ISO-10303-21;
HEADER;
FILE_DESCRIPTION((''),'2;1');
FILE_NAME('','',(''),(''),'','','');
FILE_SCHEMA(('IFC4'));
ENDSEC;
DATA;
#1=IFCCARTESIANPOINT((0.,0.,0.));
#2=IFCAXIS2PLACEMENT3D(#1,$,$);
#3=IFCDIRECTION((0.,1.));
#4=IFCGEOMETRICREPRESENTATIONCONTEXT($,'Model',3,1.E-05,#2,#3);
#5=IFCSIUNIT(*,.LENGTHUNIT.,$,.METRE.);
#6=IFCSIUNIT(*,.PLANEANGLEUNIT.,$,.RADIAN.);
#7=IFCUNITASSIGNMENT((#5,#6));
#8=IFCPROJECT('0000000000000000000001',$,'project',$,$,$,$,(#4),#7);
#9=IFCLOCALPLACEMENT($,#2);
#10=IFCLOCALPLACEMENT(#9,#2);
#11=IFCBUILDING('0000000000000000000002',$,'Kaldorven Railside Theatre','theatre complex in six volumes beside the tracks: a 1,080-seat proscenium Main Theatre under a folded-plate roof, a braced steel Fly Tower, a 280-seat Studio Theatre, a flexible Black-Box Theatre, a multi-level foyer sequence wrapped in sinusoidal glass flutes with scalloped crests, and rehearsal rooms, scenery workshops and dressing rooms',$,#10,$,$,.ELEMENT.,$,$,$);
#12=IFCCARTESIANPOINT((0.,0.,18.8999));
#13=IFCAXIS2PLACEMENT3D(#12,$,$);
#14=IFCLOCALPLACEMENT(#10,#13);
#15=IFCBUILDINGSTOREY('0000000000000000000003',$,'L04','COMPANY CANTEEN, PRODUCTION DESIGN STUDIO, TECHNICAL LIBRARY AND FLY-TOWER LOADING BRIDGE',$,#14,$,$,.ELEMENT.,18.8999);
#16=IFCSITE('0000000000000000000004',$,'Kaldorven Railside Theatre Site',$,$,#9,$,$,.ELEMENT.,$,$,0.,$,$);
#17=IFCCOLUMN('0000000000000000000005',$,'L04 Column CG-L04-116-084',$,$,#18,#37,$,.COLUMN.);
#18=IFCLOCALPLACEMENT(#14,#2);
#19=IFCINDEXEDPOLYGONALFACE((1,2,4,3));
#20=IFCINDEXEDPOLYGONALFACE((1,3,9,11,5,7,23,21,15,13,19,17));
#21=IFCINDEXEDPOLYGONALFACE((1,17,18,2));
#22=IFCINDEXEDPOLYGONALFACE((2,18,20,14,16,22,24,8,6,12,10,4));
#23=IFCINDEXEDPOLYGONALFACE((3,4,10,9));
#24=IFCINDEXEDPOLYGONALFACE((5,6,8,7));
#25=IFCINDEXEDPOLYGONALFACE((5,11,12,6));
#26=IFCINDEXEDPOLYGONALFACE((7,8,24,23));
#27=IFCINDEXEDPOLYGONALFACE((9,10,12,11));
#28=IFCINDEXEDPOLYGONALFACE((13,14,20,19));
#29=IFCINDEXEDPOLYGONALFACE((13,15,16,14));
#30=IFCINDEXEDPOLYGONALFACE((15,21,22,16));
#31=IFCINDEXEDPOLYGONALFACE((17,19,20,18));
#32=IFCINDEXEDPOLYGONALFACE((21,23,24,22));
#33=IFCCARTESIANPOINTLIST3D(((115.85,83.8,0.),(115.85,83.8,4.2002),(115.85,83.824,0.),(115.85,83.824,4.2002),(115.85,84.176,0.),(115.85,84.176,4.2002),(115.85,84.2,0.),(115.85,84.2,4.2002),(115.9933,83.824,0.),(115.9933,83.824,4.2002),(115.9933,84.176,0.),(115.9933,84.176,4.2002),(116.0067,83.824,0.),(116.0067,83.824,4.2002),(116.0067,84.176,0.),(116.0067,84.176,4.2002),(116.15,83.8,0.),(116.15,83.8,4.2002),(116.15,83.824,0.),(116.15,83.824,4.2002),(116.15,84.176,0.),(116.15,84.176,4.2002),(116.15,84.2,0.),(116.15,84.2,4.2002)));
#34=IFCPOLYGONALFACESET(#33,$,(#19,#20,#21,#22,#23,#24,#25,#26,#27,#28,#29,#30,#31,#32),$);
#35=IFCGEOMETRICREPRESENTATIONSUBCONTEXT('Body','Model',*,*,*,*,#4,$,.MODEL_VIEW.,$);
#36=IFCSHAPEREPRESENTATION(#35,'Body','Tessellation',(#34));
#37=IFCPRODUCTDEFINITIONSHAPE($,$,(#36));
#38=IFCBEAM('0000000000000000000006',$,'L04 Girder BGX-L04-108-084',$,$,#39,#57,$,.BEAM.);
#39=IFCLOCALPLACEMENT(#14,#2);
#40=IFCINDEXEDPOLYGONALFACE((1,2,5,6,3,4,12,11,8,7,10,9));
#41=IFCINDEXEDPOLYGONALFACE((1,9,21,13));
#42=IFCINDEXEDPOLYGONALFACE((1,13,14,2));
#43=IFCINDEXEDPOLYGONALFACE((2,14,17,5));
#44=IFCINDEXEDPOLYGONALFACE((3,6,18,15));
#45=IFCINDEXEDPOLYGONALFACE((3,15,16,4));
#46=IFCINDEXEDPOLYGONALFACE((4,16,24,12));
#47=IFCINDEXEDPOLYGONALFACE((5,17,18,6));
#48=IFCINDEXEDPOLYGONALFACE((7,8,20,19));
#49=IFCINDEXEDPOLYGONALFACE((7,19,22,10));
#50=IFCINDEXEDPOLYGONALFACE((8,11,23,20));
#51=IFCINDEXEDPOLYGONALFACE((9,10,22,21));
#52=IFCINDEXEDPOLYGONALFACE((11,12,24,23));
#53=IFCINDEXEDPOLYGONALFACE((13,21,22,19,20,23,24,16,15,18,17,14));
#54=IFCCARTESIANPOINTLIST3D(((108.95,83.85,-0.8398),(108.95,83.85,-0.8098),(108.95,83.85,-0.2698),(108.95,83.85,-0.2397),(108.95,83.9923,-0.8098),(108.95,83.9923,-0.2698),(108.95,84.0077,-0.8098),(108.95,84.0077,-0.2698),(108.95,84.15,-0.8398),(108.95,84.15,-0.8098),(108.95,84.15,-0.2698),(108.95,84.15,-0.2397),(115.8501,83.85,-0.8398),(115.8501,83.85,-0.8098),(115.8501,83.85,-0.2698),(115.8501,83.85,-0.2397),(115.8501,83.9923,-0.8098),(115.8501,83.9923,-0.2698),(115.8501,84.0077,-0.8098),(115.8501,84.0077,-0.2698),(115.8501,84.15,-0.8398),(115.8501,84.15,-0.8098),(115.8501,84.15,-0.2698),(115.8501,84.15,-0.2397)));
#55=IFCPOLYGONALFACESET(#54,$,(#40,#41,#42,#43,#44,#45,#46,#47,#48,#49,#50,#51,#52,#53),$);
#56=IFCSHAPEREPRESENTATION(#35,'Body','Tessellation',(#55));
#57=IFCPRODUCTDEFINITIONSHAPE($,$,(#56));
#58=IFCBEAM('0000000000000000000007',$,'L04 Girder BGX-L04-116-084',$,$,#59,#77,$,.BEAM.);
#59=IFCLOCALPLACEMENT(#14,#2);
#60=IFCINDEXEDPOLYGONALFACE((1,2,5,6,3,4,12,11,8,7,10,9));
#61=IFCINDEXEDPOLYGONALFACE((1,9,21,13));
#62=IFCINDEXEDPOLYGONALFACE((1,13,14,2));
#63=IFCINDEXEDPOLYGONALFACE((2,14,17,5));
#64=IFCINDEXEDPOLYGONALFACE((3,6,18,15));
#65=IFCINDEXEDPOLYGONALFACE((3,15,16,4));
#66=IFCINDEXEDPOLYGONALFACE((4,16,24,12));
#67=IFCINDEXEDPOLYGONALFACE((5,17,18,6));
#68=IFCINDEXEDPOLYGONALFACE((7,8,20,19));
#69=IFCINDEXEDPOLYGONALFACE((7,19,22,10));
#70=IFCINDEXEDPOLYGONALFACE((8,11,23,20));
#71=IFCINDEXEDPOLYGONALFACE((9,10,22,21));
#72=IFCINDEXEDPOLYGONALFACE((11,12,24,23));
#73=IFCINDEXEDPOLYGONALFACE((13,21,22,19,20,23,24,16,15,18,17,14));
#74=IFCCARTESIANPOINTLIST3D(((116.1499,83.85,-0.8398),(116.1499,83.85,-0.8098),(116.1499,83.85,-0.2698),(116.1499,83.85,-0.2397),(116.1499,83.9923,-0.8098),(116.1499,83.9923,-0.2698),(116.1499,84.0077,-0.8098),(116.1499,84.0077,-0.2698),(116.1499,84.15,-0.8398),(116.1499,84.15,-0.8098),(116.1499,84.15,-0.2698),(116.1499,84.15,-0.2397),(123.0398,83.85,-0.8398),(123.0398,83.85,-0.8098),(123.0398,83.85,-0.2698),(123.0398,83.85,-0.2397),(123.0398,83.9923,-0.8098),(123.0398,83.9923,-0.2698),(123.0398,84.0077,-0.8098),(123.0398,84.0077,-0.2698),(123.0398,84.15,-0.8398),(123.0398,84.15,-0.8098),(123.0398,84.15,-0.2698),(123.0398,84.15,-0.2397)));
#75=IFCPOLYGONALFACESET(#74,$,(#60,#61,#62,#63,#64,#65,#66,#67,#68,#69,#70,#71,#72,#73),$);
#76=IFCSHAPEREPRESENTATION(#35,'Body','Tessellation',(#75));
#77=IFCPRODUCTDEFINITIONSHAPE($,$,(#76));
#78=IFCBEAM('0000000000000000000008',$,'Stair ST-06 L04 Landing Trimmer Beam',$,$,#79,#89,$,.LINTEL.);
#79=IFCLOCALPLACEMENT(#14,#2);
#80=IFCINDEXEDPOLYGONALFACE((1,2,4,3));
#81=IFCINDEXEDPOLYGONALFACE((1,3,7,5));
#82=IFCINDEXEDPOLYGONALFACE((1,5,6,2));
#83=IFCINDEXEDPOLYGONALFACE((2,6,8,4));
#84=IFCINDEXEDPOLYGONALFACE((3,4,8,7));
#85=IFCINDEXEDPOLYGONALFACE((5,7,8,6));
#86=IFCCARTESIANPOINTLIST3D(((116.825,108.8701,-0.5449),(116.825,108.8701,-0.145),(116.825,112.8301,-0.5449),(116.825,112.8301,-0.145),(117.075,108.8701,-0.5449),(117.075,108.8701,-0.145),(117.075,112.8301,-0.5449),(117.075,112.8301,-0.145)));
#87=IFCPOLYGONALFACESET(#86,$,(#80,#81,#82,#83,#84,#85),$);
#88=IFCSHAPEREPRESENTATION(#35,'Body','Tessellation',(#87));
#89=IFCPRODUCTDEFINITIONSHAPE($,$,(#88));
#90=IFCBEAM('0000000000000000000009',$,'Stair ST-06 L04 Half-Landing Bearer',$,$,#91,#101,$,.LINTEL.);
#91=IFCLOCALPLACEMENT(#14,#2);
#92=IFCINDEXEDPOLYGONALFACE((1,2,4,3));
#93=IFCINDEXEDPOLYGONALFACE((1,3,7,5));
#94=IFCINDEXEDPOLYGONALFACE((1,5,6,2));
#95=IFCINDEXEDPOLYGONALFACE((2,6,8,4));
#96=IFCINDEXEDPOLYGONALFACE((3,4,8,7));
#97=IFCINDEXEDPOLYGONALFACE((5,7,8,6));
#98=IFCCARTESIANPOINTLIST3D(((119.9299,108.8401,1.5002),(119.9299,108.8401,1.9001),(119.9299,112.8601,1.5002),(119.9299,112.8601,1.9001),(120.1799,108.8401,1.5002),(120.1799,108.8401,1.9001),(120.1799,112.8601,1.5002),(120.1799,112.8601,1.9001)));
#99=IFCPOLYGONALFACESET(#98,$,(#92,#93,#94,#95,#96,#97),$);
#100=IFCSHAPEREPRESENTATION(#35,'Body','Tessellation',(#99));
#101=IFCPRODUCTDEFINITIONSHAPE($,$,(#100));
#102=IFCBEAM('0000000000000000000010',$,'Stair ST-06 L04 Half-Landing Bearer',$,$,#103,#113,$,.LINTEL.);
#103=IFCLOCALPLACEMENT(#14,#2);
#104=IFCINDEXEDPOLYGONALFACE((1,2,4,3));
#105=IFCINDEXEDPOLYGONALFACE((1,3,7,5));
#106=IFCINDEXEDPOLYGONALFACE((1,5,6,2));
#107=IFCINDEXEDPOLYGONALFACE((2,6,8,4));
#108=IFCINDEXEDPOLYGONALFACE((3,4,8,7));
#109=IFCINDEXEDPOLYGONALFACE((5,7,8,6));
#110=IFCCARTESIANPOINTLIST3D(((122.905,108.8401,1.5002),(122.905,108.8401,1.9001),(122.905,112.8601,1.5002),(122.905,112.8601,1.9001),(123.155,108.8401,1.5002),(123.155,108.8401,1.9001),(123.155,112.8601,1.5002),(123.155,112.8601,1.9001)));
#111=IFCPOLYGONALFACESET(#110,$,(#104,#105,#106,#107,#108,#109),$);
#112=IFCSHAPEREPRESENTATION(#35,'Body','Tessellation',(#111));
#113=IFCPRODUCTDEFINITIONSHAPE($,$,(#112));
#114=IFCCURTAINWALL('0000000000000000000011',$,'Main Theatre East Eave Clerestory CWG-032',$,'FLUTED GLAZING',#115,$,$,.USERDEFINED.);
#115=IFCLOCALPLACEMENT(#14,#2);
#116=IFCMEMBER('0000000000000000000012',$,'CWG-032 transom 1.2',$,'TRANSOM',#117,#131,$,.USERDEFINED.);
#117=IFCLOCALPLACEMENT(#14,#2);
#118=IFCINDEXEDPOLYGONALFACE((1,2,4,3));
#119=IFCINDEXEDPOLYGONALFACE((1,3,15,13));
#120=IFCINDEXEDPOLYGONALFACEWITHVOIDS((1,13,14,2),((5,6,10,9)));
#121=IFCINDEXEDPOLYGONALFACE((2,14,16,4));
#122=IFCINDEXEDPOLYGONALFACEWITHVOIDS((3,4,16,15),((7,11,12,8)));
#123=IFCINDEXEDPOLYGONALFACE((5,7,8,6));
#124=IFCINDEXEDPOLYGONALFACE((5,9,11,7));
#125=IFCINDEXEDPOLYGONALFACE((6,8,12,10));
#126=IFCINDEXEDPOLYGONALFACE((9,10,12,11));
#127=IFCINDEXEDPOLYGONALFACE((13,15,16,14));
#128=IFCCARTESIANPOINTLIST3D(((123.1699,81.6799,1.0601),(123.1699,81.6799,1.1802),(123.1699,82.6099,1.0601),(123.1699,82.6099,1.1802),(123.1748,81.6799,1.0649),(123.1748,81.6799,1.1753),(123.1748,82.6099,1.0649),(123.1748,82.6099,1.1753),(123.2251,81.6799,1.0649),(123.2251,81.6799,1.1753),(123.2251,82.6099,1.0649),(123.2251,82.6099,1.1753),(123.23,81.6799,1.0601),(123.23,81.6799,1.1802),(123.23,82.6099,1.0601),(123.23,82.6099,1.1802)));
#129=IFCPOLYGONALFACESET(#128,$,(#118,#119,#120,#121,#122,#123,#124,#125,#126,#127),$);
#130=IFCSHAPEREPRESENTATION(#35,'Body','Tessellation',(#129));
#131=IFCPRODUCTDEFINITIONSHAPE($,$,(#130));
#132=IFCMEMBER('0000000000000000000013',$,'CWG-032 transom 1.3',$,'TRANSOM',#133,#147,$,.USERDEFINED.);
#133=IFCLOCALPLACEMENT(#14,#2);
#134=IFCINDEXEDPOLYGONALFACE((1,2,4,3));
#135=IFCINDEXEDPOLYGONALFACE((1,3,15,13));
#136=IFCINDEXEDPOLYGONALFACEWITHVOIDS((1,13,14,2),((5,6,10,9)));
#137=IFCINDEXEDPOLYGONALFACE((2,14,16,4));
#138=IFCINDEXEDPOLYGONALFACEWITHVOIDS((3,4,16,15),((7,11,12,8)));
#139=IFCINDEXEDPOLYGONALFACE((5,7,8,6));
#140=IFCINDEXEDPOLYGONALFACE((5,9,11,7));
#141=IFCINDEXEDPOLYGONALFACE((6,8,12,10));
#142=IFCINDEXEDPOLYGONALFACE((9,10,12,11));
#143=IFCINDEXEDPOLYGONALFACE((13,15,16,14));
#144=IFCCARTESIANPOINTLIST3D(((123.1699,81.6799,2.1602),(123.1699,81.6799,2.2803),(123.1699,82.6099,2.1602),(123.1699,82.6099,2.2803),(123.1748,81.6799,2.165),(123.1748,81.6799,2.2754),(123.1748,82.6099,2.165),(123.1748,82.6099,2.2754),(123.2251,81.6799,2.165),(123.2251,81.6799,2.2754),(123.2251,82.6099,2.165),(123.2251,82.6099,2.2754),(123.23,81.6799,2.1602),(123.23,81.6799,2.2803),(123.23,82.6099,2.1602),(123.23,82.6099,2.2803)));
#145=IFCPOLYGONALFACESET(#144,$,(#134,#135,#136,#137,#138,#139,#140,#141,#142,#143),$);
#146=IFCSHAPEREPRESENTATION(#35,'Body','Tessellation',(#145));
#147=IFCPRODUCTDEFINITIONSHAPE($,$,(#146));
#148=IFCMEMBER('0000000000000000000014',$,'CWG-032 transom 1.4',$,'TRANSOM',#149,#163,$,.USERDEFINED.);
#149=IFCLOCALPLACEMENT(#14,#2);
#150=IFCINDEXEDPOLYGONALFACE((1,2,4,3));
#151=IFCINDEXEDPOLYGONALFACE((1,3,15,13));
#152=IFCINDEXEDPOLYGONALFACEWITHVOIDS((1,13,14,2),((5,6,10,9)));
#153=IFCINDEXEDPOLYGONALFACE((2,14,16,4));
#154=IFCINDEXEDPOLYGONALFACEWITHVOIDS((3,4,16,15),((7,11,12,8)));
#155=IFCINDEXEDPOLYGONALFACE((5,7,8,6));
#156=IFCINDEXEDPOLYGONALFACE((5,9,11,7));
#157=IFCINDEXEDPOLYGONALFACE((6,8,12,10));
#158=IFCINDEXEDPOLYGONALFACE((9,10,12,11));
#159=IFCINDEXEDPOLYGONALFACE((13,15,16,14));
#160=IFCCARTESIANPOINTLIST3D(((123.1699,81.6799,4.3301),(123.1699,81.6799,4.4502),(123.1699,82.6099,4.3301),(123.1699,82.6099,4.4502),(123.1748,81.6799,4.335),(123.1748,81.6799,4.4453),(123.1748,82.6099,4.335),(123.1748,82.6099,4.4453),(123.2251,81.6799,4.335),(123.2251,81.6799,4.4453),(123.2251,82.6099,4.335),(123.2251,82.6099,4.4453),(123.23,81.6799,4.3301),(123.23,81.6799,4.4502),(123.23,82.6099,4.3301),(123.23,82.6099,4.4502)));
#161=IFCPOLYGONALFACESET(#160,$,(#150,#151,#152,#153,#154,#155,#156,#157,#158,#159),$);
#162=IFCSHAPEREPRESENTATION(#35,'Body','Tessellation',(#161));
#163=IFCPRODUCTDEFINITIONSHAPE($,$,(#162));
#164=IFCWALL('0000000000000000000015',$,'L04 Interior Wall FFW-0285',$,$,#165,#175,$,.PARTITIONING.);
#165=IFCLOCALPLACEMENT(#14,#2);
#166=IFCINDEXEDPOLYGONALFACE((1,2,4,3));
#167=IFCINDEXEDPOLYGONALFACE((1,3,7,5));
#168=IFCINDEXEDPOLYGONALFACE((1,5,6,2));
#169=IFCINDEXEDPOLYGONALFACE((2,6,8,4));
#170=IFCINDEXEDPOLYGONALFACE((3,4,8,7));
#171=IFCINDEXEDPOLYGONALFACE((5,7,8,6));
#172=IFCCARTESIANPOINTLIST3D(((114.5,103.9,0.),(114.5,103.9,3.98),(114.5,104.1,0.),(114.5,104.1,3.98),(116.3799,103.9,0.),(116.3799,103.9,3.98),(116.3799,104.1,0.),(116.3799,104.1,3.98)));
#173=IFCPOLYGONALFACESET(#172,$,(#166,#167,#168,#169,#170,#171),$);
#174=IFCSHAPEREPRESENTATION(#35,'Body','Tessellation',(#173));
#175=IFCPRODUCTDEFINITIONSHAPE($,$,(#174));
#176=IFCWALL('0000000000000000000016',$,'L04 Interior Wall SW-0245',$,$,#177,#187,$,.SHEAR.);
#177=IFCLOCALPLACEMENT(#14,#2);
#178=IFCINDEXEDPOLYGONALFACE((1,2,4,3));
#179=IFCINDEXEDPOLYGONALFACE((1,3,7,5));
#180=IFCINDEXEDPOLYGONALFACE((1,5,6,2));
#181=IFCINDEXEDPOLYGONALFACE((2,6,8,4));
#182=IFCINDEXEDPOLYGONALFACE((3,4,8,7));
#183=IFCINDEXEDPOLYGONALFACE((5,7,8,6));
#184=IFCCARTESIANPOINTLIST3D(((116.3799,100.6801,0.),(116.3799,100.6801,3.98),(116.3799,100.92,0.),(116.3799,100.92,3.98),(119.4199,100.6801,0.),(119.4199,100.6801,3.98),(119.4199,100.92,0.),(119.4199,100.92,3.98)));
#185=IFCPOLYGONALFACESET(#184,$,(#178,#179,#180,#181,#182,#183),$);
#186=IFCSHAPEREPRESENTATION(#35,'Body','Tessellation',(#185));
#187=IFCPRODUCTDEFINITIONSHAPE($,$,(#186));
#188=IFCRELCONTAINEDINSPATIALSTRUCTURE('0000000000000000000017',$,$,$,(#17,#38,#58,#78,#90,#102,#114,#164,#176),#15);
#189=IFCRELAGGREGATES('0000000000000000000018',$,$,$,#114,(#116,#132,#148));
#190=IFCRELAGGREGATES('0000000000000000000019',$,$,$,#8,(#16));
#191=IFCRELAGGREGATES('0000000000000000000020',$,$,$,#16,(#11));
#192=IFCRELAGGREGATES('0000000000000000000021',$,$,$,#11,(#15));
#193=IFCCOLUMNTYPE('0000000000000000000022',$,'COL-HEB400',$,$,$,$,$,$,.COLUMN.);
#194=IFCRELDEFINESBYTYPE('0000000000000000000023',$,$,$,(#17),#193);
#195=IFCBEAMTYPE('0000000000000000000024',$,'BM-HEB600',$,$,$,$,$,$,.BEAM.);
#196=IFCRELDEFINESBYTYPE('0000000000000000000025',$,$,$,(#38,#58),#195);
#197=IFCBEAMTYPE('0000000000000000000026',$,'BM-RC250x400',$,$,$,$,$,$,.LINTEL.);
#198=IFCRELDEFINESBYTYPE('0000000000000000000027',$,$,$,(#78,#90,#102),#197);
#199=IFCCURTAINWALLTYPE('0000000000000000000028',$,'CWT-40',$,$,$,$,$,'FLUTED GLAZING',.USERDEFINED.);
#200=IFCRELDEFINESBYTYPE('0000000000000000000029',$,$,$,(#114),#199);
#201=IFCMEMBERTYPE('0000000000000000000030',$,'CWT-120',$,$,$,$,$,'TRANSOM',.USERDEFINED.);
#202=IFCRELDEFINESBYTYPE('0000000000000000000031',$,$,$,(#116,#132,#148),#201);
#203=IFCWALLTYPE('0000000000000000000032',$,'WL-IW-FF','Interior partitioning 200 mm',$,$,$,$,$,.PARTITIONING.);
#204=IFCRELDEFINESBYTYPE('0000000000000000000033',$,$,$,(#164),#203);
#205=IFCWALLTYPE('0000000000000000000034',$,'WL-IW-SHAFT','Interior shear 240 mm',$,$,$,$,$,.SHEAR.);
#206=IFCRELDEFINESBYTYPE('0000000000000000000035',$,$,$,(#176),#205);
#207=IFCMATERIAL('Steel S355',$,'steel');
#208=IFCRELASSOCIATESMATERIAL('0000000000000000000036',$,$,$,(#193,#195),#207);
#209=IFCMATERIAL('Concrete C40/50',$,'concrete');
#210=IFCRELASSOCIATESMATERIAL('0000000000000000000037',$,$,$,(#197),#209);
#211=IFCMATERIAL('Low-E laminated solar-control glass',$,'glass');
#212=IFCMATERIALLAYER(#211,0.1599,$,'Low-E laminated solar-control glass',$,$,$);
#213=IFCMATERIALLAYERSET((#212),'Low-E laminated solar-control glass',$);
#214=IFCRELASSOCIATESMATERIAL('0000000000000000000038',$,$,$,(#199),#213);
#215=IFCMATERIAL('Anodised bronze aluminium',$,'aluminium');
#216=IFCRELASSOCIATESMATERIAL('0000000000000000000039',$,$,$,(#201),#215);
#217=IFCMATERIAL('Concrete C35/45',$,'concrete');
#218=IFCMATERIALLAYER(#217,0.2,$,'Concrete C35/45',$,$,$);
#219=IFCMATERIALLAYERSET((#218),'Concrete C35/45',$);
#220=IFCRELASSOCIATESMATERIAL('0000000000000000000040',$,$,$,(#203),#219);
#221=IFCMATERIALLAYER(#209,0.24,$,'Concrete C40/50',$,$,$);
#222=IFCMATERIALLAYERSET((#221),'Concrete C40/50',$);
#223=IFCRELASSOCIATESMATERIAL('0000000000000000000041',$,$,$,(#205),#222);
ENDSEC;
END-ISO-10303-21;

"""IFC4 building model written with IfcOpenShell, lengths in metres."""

from ifc_helpers import new_model, si_unit, direction, frame, frame_2d, origin, origin_2d, place, context, subcontext, project, spatial, rectangle, hollow_rectangle, i_section, extrude, material, layer, layer_set, material_profile, profile_set, type_object, element, aggregate, save


model = new_model("IFC4")

# Units and contexts
model_context = context("Model", 3, precision=1e-05, world=origin(), true_north=direction((0.0, 1.0)))
body_context = subcontext(model_context, "Body", "Model", "MODEL_VIEW")
ifc_project = project(units=[si_unit("LENGTHUNIT", "METRE"), si_unit("PLANEANGLEUNIT", "RADIAN")], contexts=[model_context])

# Site, building, storey
site_placement = place(None, origin())
site = spatial("IfcSite", under=ifc_project, at=site_placement, Name="Kaldorven Railside Theatre Site", CompositionType="ELEMENT", RefElevation=0.0)
building_placement = place(site_placement, origin())
building = spatial("IfcBuilding", under=site, at=building_placement, Name="Kaldorven Railside Theatre", Description="theatre complex in six volumes beside the tracks: a 1,080-seat proscenium Main Theatre under a folded-plate roof, a braced steel Fly Tower, a 280-seat Studio Theatre, a flexible Black-Box Theatre, a multi-level foyer sequence wrapped in sinusoidal glass flutes with scalloped crests, and rehearsal rooms, scenery workshops and dressing rooms", CompositionType="ELEMENT")
storey_placement = place(building_placement, frame((0.0, 0.0, 18.8999)))
storey = spatial("IfcBuildingStorey", under=building, at=storey_placement, Name="L04", Description="COMPANY CANTEEN, PRODUCTION DESIGN STUDIO, TECHNICAL LIBRARY AND FLY-TOWER LOADING BRIDGE", CompositionType="ELEMENT", Elevation=18.8999)

# Column
ifc_material_1 = material(Name="Steel S355", Category="steel")
ifc_material_profile_1 = material_profile(ifc_material_1, i_section(OverallWidth=0.3, OverallDepth=0.3999, WebThickness=0.0134, FlangeThickness=0.0239, at=origin_2d()), Name="HEB 400")
ifc_profile_set_1 = profile_set([ifc_material_profile_1], Name="Steel S355")
column_type = type_object("IfcColumnType", Name="COL-HEB400", PredefinedType="COLUMN", material=ifc_profile_set_1)
column_placement = place(storey_placement, frame((116.0, 84.0, 0.0), z_axis=(0.0, 0.0, 1.0), x_axis=(1.0, 0.0, 0.0)))
element("IfcColumn", 1, at=column_placement, inside=storey, type_object=column_type, Name="L04 Column CG-L04-116-084", PredefinedType="COLUMN", context=body_context, shape_type="SweptSolid", body=[
    extrude(i_section(OverallWidth=0.3, OverallDepth=0.3999, WebThickness=0.0134, FlangeThickness=0.0239, at=origin_2d()), origin(), (0.0, 0.0, 1.0), 4.2002),
])

# Beams
ifc_material_profile_2 = material_profile(ifc_material_1, i_section(OverallWidth=0.3, OverallDepth=0.6001, WebThickness=0.0154, FlangeThickness=0.03, at=origin_2d()), Name="HEB 600")
ifc_profile_set_2 = profile_set([ifc_material_profile_2], Name="Steel S355")
beam_type_1 = type_object("IfcBeamType", Name="BM-HEB600", PredefinedType="BEAM", material=ifc_profile_set_2)
beam_1_placement = place(storey_placement, frame((108.95, 84.0, -0.5398), z_axis=(1.0, 0.0, 0.0), x_axis=(0.0, 1.0, 0.0)))
element("IfcBeam", 2, at=beam_1_placement, inside=storey, type_object=beam_type_1, Name="L04 Girder BGX-L04-108-084", PredefinedType="BEAM", context=body_context, shape_type="SweptSolid", body=[
    extrude(i_section(OverallWidth=0.3, OverallDepth=0.6001, WebThickness=0.0154, FlangeThickness=0.03, at=origin_2d()), origin(), (0.0, 0.0, 1.0), 6.9001),
])
beam_2_placement = place(storey_placement, frame((116.1499, 84.0, -0.5398), z_axis=(1.0, 0.0, 0.0), x_axis=(0.0, 1.0, 0.0)))
element("IfcBeam", 3, at=beam_2_placement, inside=storey, type_object=beam_type_1, Name="L04 Girder BGX-L04-116-084", PredefinedType="BEAM", context=body_context, shape_type="SweptSolid", body=[
    extrude(i_section(OverallWidth=0.3, OverallDepth=0.6001, WebThickness=0.0154, FlangeThickness=0.03, at=origin_2d()), origin(), (0.0, 0.0, 1.0), 6.8899),
])
ifc_material_2 = material(Name="Concrete C40/50", Category="concrete")
ifc_material_profile_3 = material_profile(ifc_material_2, rectangle(XDim=0.25, YDim=0.3999, at=origin_2d()), Name="RC 250x400")
ifc_profile_set_3 = profile_set([ifc_material_profile_3], Name="Concrete C40/50")
beam_type_2 = type_object("IfcBeamType", Name="BM-RC250x400", PredefinedType="LINTEL", material=ifc_profile_set_3)
beam_3_placement = place(storey_placement, frame((116.95, 108.8701, -0.345), z_axis=(0.0, 1.0, 0.0), x_axis=(-1.0, 0.0, 0.0)))
element("IfcBeam", 4, at=beam_3_placement, inside=storey, type_object=beam_type_2, Name="Stair ST-06 L04 Landing Trimmer Beam", PredefinedType="LINTEL", context=body_context, shape_type="SweptSolid", body=[
    extrude(rectangle(XDim=0.25, YDim=0.3999, at=origin_2d()), origin(), (0.0, 0.0, 1.0), 3.96),
])
for number, where, z_axis, x_axis, name in (
    (5, (120.0549, 108.8401, 1.7002), (0.0, 1.0, 0.0), (-1.0, 0.0, 0.0), "Stair ST-06 L04 Half-Landing Bearer"),
    (6, (123.03, 108.8401, 1.7002), (0.0, 1.0, 0.0), (-1.0, 0.0, 0.0), "Stair ST-06 L04 Half-Landing Bearer"),
):
    element("IfcBeam", number, at=place(storey_placement, frame(where, z_axis=z_axis, x_axis=x_axis)), inside=storey, type_object=beam_type_2, Name=name, PredefinedType="LINTEL", context=body_context, shape_type="SweptSolid", body=[
        extrude(rectangle(XDim=0.25, YDim=0.3999, at=origin_2d()), origin(), (0.0, 0.0, 1.0), 4.02),
    ])

# Curtain wall, members
ifc_material_3 = material(Name="Low-E laminated solar-control glass", Category="glass")
ifc_layer_1 = layer(ifc_material_3, 0.1599, Name="Low-E laminated solar-control glass")
ifc_layer_set_1 = layer_set([ifc_layer_1], Name="Low-E laminated solar-control glass")
curtain_wall_type = type_object("IfcCurtainWallType", Name="CWT-40", ElementType="FLUTED GLAZING", PredefinedType="USERDEFINED", material=ifc_layer_set_1)
curtain_wall_placement = place(storey_placement, origin())
curtain_wall = element("IfcCurtainWall", 7, at=curtain_wall_placement, inside=storey, type_object=curtain_wall_type, Name="Main Theatre East Eave Clerestory CWG-032", ObjectType="FLUTED GLAZING", PredefinedType="USERDEFINED")
ifc_material_4 = material(Name="Anodised bronze aluminium", Category="aluminium")
ifc_material_profile_4 = material_profile(ifc_material_4, hollow_rectangle(XDim=0.0601, YDim=0.1201, WallThickness=0.0049, at=origin_2d()), Name="RHS 120x60x5")
ifc_profile_set_4 = profile_set([ifc_material_profile_4], Name="Anodised bronze aluminium")
member_type = type_object("IfcMemberType", Name="CWT-120", ElementType="TRANSOM", PredefinedType="USERDEFINED", material=ifc_profile_set_4)
member_1_placement = place(storey_placement, frame((123.2, 81.6799, 1.1201), z_axis=(0.0, 1.0, 0.0), x_axis=(-1.0, 0.0, 0.0)))
member_1 = element("IfcMember", 8, at=member_1_placement, type_object=member_type, Name="CWG-032 transom 1.2", ObjectType="TRANSOM", PredefinedType="USERDEFINED", context=body_context, shape_type="SweptSolid", body=[
    extrude(hollow_rectangle(XDim=0.0601, YDim=0.1201, WallThickness=0.0049, at=origin_2d()), origin(), (0.0, 0.0, 1.0), 0.9299),
])
member_2_placement = place(storey_placement, frame((123.2, 81.6799, 2.2202), z_axis=(0.0, 1.0, 0.0), x_axis=(-1.0, 0.0, 0.0)))
member_2 = element("IfcMember", 9, at=member_2_placement, type_object=member_type, Name="CWG-032 transom 1.3", ObjectType="TRANSOM", PredefinedType="USERDEFINED", context=body_context, shape_type="SweptSolid", body=[
    extrude(hollow_rectangle(XDim=0.0601, YDim=0.1201, WallThickness=0.0049, at=origin_2d()), origin(), (0.0, 0.0, 1.0), 0.9299),
])
member_3_placement = place(storey_placement, frame((123.2, 81.6799, 4.3901), z_axis=(0.0, 1.0, 0.0), x_axis=(-1.0, 0.0, 0.0)))
member_3 = element("IfcMember", 10, at=member_3_placement, type_object=member_type, Name="CWG-032 transom 1.4", ObjectType="TRANSOM", PredefinedType="USERDEFINED", context=body_context, shape_type="SweptSolid", body=[
    extrude(hollow_rectangle(XDim=0.0601, YDim=0.1201, WallThickness=0.0049, at=origin_2d()), origin(), (0.0, 0.0, 1.0), 0.9299),
])
aggregate(curtain_wall, [member_1, member_2, member_3])

# Wall
ifc_material_5 = material(Name="Concrete C35/45", Category="concrete")
ifc_layer_2 = layer(ifc_material_5, 0.2, Name="Concrete C35/45")
ifc_layer_set_2 = layer_set([ifc_layer_2], Name="Concrete C35/45")
wall_type_1 = type_object("IfcWallType", Name="WL-IW-FF", Description="Interior partitioning 200 mm", PredefinedType="PARTITIONING", material=ifc_layer_set_2)
wall_1_placement = place(storey_placement, frame((116.3799, 104.0, 0.0), z_axis=(0.0, 0.0, 1.0), x_axis=(-1.0, 0.0, 0.0)))
element("IfcWall", 11, at=wall_1_placement, inside=storey, type_object=wall_type_1, Name="L04 Interior Wall FFW-0285", PredefinedType="PARTITIONING", context=body_context, shape_type="SweptSolid", body=[
    extrude(rectangle(XDim=1.8799, YDim=0.2, at=frame_2d((0.9399, 0.0))), origin(), (0.0, 0.0, 1.0), 3.98),
])

# Wall
ifc_layer_3 = layer(ifc_material_2, 0.24, Name="Concrete C40/50")
ifc_layer_set_3 = layer_set([ifc_layer_3], Name="Concrete C40/50")
wall_type_2 = type_object("IfcWallType", Name="WL-IW-SHAFT", Description="Interior shear 240 mm", PredefinedType="SHEAR", material=ifc_layer_set_3)
wall_2_placement = place(storey_placement, frame((119.4199, 100.8, 0.0), z_axis=(0.0, 0.0, 1.0), x_axis=(-1.0, 0.0, 0.0)))
element("IfcWall", 12, at=wall_2_placement, inside=storey, type_object=wall_type_2, Name="L04 Interior Wall SW-0245", PredefinedType="SHEAR", context=body_context, shape_type="SweptSolid", body=[
    extrude(rectangle(XDim=3.04, YDim=0.24, at=frame_2d((1.52, 0.0))), origin(), (0.0, 0.0, 1.0), 3.98),
])

save(model, "model.ifc")
